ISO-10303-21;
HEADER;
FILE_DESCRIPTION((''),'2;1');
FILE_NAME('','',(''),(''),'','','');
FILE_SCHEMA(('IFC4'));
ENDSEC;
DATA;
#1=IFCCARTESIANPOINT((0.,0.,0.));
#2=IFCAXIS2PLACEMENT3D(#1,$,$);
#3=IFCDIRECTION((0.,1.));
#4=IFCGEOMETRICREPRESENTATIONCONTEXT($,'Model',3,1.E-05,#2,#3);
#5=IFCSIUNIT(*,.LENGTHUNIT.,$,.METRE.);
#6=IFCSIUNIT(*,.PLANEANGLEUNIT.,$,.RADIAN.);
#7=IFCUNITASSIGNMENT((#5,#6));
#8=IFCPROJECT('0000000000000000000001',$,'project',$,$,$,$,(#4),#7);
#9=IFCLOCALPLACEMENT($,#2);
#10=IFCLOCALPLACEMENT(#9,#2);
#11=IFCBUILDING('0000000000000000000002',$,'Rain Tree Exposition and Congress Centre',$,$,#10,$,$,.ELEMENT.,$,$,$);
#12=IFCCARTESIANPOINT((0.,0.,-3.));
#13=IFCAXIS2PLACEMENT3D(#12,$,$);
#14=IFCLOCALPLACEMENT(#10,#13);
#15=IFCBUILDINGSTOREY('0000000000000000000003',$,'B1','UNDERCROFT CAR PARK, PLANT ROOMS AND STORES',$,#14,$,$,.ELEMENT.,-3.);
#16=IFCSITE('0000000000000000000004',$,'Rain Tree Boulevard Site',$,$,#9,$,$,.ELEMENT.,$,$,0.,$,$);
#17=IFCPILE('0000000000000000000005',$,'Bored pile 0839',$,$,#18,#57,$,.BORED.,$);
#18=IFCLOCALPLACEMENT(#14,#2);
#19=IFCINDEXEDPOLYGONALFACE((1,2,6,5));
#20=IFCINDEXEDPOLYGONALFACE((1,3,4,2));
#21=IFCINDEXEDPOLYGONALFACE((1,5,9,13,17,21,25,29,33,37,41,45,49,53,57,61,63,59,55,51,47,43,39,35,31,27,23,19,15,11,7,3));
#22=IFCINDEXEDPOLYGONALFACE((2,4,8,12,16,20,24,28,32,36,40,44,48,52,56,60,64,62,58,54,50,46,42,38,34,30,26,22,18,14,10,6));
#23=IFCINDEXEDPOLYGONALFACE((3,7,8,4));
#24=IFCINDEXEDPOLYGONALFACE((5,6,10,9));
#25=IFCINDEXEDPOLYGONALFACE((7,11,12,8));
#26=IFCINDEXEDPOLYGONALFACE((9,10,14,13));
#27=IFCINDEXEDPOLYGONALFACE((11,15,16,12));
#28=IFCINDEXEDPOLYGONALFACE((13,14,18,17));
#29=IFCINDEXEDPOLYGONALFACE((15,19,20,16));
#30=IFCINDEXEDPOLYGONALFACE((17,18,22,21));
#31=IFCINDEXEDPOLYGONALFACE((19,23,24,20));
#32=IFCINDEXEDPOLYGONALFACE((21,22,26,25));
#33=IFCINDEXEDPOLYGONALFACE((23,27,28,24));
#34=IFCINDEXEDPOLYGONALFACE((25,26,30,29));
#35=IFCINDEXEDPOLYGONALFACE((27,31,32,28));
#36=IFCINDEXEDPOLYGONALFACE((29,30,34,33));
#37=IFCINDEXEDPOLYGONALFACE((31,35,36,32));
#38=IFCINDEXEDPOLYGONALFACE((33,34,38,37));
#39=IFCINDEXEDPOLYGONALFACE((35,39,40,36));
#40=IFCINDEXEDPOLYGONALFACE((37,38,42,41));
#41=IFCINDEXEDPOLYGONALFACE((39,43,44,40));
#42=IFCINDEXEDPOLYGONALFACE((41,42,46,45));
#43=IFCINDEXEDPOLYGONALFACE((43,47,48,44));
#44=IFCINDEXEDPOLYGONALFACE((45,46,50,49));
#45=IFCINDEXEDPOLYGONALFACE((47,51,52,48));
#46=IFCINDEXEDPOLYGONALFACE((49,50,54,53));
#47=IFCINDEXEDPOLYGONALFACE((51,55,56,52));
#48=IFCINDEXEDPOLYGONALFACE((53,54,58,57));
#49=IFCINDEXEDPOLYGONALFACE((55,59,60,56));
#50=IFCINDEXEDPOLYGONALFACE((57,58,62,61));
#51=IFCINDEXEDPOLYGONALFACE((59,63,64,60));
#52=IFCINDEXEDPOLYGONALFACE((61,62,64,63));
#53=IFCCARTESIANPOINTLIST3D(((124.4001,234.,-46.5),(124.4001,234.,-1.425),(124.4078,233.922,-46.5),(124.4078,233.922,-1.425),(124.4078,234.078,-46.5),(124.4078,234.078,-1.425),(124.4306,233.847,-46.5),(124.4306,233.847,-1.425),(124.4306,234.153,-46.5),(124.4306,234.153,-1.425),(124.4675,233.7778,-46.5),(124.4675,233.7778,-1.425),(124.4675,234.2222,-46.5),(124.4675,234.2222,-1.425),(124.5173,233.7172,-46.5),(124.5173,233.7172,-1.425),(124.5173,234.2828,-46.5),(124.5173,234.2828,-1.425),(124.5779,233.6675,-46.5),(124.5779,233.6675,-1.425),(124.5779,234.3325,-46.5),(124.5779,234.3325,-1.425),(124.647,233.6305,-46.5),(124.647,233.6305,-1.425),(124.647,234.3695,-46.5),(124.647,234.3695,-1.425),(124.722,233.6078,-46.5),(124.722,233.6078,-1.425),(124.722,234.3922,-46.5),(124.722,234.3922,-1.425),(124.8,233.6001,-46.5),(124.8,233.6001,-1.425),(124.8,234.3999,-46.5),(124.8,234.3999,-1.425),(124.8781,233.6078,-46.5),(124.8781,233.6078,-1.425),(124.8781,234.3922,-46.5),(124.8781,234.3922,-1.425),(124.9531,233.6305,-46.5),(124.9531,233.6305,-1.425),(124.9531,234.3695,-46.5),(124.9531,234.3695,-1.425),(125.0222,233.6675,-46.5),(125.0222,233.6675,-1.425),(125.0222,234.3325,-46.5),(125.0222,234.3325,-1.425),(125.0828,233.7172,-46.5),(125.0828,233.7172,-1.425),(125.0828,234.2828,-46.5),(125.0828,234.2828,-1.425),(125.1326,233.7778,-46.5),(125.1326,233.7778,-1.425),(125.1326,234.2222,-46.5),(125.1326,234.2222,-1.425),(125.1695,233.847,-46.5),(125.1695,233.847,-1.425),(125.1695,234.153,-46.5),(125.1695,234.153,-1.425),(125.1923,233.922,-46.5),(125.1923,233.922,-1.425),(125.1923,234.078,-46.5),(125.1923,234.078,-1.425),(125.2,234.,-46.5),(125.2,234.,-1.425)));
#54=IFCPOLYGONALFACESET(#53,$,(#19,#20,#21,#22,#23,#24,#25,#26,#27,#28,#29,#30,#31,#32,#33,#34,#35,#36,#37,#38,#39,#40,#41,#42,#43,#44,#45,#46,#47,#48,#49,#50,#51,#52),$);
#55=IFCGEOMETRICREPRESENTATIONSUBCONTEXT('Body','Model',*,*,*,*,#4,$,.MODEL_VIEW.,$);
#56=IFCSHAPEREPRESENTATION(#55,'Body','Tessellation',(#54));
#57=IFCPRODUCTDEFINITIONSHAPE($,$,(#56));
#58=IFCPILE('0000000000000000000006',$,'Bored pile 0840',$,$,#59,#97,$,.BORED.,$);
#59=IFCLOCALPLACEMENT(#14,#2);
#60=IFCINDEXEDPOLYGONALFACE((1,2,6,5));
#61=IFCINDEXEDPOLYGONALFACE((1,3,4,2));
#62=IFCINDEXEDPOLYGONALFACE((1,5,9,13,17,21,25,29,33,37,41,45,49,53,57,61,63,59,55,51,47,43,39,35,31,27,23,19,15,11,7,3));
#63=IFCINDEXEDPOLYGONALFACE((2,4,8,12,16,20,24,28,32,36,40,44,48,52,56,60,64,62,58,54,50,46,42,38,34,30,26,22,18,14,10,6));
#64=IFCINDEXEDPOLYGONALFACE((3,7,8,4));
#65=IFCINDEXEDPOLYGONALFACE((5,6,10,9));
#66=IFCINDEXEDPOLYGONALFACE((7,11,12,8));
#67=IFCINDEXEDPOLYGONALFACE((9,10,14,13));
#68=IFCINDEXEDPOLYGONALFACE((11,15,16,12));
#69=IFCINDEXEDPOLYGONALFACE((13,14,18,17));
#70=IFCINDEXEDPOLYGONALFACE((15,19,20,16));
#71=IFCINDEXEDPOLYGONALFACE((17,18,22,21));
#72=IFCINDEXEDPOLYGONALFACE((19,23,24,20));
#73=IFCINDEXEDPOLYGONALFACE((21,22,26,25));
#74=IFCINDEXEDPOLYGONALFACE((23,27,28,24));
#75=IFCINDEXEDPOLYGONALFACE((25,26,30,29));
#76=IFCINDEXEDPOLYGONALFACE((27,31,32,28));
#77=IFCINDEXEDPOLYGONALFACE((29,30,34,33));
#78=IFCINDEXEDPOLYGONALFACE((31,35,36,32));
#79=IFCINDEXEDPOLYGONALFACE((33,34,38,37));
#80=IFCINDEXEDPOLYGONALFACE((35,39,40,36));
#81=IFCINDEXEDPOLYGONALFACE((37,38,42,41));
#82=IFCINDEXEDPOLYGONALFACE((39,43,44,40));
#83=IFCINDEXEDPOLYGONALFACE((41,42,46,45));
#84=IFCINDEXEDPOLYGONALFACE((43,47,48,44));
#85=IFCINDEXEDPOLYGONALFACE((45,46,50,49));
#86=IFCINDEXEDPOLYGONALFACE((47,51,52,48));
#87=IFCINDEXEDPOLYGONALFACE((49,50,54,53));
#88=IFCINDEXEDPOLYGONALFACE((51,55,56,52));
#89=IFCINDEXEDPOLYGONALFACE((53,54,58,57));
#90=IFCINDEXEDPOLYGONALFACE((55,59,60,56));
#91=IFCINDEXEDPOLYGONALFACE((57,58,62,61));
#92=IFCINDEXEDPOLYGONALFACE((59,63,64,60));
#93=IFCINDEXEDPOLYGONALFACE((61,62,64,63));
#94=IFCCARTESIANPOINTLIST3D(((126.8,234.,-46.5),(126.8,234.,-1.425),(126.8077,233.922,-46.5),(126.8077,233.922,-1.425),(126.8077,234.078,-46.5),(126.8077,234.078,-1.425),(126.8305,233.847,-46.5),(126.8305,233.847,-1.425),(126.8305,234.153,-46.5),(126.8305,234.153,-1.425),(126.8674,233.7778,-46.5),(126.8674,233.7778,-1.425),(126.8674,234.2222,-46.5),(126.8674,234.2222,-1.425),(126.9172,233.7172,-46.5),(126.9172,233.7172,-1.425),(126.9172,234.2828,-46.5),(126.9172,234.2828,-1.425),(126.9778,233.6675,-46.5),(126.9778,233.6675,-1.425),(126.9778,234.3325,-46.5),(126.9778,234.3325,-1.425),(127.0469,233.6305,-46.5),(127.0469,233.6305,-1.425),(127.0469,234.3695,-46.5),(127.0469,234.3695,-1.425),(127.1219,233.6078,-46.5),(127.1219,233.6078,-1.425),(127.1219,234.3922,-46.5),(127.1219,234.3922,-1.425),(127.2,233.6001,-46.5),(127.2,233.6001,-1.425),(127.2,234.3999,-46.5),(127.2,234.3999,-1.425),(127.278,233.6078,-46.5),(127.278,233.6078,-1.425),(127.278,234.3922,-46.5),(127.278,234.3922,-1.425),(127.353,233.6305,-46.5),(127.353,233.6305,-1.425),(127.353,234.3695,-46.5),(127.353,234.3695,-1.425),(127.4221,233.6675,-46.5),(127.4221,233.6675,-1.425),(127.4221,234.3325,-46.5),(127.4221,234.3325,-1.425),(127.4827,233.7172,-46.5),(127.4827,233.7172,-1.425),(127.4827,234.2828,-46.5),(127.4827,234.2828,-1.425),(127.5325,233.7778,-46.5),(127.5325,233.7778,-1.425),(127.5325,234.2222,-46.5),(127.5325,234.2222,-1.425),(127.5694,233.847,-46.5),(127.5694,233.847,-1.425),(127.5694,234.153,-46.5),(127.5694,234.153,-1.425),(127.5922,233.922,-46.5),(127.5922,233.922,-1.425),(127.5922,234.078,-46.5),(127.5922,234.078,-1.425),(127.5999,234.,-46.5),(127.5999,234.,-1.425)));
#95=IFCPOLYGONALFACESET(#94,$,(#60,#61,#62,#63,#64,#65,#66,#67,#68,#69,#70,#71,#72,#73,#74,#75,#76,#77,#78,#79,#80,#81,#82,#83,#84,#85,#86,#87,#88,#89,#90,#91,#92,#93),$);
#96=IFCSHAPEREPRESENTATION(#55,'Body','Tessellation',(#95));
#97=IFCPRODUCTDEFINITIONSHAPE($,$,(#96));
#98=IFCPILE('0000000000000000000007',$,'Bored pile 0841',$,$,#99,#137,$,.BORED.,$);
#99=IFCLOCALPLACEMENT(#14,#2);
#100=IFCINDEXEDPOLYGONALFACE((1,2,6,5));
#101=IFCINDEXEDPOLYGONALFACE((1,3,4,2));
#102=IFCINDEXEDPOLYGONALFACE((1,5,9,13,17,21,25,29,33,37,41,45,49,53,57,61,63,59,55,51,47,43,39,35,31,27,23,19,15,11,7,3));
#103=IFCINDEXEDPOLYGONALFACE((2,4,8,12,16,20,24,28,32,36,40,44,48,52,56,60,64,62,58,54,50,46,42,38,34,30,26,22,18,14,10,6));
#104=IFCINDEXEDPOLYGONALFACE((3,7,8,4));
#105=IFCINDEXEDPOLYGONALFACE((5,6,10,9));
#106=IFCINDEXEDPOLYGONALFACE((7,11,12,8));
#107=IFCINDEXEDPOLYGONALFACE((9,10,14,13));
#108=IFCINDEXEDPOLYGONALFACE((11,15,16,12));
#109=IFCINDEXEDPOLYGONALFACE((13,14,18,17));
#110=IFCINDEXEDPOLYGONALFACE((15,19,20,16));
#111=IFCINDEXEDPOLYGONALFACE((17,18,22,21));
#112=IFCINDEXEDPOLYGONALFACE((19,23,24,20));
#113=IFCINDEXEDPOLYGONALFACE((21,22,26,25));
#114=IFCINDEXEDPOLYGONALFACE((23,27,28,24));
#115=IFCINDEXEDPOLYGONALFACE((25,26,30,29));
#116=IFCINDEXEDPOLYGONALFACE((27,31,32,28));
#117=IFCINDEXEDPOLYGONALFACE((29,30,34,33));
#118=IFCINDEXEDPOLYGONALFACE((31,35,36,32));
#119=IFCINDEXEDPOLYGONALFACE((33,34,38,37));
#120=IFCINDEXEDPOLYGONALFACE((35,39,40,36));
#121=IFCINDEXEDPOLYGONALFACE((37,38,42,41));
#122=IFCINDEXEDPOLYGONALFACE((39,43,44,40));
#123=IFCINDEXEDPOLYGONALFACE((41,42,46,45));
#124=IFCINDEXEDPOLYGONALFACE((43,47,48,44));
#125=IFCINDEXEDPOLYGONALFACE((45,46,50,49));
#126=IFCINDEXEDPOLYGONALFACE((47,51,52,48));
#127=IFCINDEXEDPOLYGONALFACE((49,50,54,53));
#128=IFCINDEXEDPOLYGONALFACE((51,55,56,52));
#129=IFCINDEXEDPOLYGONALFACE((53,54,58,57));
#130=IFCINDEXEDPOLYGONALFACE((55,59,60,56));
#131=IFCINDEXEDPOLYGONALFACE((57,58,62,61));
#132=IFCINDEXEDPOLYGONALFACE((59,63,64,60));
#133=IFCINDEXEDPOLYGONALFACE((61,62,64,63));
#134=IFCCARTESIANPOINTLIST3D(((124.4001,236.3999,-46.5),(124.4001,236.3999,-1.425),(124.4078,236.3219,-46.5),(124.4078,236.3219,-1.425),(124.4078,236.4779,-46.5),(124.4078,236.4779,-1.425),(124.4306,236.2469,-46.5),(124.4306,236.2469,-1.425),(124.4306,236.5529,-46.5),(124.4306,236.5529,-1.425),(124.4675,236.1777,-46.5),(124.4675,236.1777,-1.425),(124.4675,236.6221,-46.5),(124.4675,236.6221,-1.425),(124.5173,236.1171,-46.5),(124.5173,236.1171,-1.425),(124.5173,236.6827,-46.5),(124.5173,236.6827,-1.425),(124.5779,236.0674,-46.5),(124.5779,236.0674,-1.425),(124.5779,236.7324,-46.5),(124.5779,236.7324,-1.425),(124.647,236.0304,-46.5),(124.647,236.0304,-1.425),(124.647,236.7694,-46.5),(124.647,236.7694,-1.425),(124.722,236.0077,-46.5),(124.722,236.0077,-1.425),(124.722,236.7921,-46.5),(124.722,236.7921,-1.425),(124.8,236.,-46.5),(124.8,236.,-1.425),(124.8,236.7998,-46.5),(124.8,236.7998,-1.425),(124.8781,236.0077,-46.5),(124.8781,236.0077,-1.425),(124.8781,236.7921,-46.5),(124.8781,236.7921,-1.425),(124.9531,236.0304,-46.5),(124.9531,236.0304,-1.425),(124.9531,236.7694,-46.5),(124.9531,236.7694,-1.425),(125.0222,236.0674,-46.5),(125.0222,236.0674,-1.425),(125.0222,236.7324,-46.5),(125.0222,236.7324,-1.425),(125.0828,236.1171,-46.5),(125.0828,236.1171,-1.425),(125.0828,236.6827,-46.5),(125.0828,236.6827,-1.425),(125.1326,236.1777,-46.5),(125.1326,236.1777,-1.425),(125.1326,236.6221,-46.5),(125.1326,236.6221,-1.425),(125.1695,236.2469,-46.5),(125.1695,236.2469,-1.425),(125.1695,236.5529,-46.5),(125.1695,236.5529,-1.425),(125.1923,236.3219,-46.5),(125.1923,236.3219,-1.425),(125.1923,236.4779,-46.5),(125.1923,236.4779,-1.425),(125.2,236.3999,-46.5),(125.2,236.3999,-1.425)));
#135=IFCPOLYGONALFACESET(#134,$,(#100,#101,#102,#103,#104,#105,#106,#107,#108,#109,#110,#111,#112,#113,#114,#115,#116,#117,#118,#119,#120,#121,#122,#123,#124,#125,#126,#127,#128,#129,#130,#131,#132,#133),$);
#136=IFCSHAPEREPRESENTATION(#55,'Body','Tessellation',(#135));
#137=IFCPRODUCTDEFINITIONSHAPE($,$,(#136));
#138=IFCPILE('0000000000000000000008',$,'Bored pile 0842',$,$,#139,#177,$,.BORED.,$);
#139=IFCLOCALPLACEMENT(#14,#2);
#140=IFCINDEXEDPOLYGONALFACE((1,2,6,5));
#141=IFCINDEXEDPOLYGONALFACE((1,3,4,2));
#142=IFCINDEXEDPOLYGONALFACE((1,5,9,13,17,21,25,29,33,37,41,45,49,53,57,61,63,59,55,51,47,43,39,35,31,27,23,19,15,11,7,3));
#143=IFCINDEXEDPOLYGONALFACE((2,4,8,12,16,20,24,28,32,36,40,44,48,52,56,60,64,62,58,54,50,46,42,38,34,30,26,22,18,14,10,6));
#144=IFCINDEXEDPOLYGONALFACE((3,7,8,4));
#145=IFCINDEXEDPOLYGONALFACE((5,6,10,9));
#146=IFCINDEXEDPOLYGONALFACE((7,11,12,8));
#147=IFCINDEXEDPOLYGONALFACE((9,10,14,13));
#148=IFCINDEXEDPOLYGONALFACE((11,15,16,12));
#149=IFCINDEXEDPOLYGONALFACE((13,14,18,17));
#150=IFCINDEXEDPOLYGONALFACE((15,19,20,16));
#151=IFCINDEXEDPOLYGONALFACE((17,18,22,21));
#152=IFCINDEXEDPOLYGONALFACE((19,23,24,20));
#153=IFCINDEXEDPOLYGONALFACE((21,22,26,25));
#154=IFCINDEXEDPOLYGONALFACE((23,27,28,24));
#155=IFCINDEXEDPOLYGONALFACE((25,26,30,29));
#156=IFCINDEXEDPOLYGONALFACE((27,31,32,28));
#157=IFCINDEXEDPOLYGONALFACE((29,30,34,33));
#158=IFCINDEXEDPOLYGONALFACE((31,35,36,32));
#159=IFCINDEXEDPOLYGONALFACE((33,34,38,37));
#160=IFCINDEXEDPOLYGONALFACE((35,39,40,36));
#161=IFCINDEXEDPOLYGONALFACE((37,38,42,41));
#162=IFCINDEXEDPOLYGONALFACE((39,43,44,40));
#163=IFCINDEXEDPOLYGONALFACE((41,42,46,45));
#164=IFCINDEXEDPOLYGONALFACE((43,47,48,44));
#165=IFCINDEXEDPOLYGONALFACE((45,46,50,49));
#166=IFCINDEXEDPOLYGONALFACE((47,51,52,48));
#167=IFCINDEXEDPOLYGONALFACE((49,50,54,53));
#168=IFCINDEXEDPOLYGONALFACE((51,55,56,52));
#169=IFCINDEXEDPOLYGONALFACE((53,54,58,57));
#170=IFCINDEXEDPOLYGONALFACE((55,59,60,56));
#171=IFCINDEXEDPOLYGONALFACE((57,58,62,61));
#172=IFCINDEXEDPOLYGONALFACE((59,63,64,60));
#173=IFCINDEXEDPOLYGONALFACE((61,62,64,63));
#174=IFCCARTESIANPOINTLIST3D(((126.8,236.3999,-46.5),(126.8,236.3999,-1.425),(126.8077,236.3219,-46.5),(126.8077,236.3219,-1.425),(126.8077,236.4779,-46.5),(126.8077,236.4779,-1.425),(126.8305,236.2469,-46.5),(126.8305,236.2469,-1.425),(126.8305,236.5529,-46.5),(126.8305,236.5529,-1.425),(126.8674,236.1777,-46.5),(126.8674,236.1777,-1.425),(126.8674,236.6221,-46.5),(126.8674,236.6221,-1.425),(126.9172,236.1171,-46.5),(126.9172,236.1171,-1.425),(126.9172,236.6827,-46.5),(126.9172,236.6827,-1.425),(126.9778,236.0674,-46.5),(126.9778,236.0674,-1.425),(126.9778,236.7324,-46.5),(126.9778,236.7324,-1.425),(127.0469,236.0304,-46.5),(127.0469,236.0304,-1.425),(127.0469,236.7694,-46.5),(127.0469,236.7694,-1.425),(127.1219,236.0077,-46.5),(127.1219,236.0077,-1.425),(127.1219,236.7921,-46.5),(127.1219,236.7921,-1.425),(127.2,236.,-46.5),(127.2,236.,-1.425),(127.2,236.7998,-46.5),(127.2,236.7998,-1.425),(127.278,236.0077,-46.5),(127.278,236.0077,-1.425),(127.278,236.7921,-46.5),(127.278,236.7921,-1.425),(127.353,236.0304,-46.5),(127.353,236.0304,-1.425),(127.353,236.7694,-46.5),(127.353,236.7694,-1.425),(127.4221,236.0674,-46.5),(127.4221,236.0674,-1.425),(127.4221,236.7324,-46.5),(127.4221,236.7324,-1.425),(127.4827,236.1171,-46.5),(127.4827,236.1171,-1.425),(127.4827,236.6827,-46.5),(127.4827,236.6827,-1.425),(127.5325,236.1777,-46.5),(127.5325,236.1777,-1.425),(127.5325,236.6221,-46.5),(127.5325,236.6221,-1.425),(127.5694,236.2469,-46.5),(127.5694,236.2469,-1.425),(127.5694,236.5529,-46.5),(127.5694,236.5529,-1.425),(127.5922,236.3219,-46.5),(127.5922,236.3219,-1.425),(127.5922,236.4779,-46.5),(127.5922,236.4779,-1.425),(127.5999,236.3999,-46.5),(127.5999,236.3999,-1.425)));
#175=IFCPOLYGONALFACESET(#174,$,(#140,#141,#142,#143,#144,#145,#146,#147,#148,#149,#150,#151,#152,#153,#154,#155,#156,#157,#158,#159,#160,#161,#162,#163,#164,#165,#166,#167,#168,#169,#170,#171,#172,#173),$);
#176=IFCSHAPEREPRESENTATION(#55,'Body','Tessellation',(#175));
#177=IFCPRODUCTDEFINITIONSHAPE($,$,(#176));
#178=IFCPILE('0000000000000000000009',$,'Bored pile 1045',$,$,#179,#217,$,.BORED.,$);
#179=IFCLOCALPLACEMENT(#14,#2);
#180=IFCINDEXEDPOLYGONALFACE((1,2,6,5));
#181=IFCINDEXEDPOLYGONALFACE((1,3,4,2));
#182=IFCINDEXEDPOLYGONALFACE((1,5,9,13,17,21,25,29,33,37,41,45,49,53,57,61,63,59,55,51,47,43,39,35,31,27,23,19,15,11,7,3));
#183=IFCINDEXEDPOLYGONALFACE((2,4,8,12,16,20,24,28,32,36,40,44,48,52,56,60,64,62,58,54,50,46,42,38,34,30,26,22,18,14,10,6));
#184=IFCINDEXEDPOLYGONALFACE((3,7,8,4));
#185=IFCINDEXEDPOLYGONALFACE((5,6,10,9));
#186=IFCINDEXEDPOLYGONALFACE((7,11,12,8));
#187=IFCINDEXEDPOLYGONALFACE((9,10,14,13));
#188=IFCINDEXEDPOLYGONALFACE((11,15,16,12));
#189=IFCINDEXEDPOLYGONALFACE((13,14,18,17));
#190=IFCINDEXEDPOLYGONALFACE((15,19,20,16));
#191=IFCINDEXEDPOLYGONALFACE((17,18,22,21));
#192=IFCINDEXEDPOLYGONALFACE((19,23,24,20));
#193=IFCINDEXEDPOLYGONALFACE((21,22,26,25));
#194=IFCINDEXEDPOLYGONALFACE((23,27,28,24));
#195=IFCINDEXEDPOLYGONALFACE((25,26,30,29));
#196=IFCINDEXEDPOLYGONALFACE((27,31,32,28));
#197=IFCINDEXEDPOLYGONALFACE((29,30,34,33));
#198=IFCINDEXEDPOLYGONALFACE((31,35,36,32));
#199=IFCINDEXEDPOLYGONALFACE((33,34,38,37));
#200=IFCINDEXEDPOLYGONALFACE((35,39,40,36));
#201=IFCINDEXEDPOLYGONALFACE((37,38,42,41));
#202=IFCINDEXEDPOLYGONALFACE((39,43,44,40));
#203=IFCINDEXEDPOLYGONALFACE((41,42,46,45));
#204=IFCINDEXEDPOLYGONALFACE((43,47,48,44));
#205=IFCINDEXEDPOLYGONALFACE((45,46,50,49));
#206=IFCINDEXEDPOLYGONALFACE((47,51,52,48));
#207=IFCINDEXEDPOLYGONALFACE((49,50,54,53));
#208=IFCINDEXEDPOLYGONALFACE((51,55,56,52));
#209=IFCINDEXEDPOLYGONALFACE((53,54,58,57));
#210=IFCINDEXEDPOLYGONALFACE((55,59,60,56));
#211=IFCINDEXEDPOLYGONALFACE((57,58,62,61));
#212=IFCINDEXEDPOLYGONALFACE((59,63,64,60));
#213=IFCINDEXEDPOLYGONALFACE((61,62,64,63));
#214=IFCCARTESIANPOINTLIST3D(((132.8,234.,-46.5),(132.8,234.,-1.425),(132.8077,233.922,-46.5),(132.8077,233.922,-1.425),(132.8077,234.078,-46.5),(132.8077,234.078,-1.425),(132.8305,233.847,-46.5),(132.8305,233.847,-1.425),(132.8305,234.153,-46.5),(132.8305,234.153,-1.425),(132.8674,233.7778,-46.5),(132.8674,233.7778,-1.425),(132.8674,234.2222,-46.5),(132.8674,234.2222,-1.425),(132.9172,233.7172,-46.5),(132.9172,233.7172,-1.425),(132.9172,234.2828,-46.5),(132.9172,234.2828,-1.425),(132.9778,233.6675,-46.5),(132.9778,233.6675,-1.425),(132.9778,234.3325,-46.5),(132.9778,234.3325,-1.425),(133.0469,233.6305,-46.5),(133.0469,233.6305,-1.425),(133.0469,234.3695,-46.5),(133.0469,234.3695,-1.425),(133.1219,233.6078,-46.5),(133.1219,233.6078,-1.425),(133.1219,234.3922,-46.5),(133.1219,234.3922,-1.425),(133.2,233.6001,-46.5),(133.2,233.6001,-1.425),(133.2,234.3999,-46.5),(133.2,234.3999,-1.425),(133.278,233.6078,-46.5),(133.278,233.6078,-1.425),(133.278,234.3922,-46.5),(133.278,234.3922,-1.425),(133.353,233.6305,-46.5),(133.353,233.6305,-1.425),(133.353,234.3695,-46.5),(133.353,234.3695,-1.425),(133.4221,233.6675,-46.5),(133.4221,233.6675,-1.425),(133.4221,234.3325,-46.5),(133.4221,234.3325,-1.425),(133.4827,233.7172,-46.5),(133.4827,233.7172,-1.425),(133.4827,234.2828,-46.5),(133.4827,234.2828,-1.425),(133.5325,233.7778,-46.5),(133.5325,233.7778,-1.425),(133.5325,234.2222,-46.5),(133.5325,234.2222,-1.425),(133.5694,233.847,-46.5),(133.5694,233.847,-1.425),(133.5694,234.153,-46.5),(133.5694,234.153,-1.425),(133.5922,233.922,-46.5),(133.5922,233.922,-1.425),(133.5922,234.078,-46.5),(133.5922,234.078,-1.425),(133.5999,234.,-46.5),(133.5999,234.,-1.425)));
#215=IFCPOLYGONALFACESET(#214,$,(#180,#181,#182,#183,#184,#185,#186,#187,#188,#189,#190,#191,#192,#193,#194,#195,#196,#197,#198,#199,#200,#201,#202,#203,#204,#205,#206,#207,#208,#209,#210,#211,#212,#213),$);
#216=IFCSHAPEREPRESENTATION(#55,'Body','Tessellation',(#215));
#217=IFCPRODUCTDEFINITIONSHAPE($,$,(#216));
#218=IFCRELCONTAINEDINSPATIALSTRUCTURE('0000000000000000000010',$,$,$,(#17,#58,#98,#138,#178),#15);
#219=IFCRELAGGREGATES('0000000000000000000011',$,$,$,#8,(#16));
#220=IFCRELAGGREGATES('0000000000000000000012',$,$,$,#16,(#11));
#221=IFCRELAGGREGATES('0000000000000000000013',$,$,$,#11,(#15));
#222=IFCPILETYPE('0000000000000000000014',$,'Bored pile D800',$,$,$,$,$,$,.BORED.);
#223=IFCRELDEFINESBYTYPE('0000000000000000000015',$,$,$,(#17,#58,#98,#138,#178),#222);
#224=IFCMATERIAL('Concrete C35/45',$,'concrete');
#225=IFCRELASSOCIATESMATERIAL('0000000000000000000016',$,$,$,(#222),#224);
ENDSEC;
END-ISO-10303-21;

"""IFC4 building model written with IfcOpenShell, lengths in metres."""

from ifc_helpers import new_model, si_unit, direction, frame, origin, origin_2d, place, context, subcontext, project, spatial, circle, extrude, material, material_profile, profile_set, type_object, element, save


model = new_model("IFC4")

# Units and contexts
model_context = context("Model", 3, precision=1e-05, world=origin(), true_north=direction((0.0, 1.0)))
body_context = subcontext(model_context, "Body", "Model", "MODEL_VIEW")
ifc_project = project(units=[si_unit("LENGTHUNIT", "METRE"), si_unit("PLANEANGLEUNIT", "RADIAN")], contexts=[model_context])

# Site, building, storey
site_placement = place(None, origin())
site = spatial("IfcSite", under=ifc_project, at=site_placement, Name="Rain Tree Boulevard Site", CompositionType="ELEMENT", RefElevation=0.0)
building_placement = place(site_placement, origin())
building = spatial("IfcBuilding", under=site, at=building_placement, Name="Rain Tree Exposition and Congress Centre", CompositionType="ELEMENT")
storey_placement = place(building_placement, frame((0.0, 0.0, -3.0)))
storey = spatial("IfcBuildingStorey", under=building, at=storey_placement, Name="B1", Description="UNDERCROFT CAR PARK, PLANT ROOMS AND STORES", CompositionType="ELEMENT", Elevation=-3.0)

# Piles
ifc_material_1 = material(Name="Concrete C35/45", Category="concrete")
ifc_material_profile_1 = material_profile(ifc_material_1, circle(Radius=0.3999, at=origin_2d()), Name="D800")
ifc_profile_set_1 = profile_set([ifc_material_profile_1], Name="Concrete C35/45")
pile_type_1 = type_object("IfcPileType", Name="Bored pile D800", PredefinedType="BORED", material=ifc_profile_set_1)
for number, where, z_axis, x_axis, name in (
    (1, (124.8, 234.0, -1.425), (0.0, 0.0, -1.0), (1.0, 0.0, 0.0), "Bored pile 0839"),
    (2, (127.2, 234.0, -1.425), (0.0, 0.0, -1.0), (1.0, 0.0, 0.0), "Bored pile 0840"),
    (3, (124.8, 236.3999, -1.425), (0.0, 0.0, -1.0), (1.0, 0.0, 0.0), "Bored pile 0841"),
    (4, (127.2, 236.3999, -1.425), (0.0, 0.0, -1.0), (1.0, 0.0, 0.0), "Bored pile 0842"),
    (5, (133.2, 234.0, -1.425), (0.0, 0.0, -1.0), (1.0, 0.0, 0.0), "Bored pile 1045"),
):
    element("IfcPile", number, at=place(storey_placement, frame(where, z_axis=z_axis, x_axis=x_axis)), inside=storey, type_object=pile_type_1, Name=name, PredefinedType="BORED", context=body_context, shape_type="SweptSolid", body=[
        extrude(circle(Radius=0.3999, at=origin_2d()), origin(), (0.0, 0.0, 1.0), 45.075),
    ])

save(model, "model.ifc")
